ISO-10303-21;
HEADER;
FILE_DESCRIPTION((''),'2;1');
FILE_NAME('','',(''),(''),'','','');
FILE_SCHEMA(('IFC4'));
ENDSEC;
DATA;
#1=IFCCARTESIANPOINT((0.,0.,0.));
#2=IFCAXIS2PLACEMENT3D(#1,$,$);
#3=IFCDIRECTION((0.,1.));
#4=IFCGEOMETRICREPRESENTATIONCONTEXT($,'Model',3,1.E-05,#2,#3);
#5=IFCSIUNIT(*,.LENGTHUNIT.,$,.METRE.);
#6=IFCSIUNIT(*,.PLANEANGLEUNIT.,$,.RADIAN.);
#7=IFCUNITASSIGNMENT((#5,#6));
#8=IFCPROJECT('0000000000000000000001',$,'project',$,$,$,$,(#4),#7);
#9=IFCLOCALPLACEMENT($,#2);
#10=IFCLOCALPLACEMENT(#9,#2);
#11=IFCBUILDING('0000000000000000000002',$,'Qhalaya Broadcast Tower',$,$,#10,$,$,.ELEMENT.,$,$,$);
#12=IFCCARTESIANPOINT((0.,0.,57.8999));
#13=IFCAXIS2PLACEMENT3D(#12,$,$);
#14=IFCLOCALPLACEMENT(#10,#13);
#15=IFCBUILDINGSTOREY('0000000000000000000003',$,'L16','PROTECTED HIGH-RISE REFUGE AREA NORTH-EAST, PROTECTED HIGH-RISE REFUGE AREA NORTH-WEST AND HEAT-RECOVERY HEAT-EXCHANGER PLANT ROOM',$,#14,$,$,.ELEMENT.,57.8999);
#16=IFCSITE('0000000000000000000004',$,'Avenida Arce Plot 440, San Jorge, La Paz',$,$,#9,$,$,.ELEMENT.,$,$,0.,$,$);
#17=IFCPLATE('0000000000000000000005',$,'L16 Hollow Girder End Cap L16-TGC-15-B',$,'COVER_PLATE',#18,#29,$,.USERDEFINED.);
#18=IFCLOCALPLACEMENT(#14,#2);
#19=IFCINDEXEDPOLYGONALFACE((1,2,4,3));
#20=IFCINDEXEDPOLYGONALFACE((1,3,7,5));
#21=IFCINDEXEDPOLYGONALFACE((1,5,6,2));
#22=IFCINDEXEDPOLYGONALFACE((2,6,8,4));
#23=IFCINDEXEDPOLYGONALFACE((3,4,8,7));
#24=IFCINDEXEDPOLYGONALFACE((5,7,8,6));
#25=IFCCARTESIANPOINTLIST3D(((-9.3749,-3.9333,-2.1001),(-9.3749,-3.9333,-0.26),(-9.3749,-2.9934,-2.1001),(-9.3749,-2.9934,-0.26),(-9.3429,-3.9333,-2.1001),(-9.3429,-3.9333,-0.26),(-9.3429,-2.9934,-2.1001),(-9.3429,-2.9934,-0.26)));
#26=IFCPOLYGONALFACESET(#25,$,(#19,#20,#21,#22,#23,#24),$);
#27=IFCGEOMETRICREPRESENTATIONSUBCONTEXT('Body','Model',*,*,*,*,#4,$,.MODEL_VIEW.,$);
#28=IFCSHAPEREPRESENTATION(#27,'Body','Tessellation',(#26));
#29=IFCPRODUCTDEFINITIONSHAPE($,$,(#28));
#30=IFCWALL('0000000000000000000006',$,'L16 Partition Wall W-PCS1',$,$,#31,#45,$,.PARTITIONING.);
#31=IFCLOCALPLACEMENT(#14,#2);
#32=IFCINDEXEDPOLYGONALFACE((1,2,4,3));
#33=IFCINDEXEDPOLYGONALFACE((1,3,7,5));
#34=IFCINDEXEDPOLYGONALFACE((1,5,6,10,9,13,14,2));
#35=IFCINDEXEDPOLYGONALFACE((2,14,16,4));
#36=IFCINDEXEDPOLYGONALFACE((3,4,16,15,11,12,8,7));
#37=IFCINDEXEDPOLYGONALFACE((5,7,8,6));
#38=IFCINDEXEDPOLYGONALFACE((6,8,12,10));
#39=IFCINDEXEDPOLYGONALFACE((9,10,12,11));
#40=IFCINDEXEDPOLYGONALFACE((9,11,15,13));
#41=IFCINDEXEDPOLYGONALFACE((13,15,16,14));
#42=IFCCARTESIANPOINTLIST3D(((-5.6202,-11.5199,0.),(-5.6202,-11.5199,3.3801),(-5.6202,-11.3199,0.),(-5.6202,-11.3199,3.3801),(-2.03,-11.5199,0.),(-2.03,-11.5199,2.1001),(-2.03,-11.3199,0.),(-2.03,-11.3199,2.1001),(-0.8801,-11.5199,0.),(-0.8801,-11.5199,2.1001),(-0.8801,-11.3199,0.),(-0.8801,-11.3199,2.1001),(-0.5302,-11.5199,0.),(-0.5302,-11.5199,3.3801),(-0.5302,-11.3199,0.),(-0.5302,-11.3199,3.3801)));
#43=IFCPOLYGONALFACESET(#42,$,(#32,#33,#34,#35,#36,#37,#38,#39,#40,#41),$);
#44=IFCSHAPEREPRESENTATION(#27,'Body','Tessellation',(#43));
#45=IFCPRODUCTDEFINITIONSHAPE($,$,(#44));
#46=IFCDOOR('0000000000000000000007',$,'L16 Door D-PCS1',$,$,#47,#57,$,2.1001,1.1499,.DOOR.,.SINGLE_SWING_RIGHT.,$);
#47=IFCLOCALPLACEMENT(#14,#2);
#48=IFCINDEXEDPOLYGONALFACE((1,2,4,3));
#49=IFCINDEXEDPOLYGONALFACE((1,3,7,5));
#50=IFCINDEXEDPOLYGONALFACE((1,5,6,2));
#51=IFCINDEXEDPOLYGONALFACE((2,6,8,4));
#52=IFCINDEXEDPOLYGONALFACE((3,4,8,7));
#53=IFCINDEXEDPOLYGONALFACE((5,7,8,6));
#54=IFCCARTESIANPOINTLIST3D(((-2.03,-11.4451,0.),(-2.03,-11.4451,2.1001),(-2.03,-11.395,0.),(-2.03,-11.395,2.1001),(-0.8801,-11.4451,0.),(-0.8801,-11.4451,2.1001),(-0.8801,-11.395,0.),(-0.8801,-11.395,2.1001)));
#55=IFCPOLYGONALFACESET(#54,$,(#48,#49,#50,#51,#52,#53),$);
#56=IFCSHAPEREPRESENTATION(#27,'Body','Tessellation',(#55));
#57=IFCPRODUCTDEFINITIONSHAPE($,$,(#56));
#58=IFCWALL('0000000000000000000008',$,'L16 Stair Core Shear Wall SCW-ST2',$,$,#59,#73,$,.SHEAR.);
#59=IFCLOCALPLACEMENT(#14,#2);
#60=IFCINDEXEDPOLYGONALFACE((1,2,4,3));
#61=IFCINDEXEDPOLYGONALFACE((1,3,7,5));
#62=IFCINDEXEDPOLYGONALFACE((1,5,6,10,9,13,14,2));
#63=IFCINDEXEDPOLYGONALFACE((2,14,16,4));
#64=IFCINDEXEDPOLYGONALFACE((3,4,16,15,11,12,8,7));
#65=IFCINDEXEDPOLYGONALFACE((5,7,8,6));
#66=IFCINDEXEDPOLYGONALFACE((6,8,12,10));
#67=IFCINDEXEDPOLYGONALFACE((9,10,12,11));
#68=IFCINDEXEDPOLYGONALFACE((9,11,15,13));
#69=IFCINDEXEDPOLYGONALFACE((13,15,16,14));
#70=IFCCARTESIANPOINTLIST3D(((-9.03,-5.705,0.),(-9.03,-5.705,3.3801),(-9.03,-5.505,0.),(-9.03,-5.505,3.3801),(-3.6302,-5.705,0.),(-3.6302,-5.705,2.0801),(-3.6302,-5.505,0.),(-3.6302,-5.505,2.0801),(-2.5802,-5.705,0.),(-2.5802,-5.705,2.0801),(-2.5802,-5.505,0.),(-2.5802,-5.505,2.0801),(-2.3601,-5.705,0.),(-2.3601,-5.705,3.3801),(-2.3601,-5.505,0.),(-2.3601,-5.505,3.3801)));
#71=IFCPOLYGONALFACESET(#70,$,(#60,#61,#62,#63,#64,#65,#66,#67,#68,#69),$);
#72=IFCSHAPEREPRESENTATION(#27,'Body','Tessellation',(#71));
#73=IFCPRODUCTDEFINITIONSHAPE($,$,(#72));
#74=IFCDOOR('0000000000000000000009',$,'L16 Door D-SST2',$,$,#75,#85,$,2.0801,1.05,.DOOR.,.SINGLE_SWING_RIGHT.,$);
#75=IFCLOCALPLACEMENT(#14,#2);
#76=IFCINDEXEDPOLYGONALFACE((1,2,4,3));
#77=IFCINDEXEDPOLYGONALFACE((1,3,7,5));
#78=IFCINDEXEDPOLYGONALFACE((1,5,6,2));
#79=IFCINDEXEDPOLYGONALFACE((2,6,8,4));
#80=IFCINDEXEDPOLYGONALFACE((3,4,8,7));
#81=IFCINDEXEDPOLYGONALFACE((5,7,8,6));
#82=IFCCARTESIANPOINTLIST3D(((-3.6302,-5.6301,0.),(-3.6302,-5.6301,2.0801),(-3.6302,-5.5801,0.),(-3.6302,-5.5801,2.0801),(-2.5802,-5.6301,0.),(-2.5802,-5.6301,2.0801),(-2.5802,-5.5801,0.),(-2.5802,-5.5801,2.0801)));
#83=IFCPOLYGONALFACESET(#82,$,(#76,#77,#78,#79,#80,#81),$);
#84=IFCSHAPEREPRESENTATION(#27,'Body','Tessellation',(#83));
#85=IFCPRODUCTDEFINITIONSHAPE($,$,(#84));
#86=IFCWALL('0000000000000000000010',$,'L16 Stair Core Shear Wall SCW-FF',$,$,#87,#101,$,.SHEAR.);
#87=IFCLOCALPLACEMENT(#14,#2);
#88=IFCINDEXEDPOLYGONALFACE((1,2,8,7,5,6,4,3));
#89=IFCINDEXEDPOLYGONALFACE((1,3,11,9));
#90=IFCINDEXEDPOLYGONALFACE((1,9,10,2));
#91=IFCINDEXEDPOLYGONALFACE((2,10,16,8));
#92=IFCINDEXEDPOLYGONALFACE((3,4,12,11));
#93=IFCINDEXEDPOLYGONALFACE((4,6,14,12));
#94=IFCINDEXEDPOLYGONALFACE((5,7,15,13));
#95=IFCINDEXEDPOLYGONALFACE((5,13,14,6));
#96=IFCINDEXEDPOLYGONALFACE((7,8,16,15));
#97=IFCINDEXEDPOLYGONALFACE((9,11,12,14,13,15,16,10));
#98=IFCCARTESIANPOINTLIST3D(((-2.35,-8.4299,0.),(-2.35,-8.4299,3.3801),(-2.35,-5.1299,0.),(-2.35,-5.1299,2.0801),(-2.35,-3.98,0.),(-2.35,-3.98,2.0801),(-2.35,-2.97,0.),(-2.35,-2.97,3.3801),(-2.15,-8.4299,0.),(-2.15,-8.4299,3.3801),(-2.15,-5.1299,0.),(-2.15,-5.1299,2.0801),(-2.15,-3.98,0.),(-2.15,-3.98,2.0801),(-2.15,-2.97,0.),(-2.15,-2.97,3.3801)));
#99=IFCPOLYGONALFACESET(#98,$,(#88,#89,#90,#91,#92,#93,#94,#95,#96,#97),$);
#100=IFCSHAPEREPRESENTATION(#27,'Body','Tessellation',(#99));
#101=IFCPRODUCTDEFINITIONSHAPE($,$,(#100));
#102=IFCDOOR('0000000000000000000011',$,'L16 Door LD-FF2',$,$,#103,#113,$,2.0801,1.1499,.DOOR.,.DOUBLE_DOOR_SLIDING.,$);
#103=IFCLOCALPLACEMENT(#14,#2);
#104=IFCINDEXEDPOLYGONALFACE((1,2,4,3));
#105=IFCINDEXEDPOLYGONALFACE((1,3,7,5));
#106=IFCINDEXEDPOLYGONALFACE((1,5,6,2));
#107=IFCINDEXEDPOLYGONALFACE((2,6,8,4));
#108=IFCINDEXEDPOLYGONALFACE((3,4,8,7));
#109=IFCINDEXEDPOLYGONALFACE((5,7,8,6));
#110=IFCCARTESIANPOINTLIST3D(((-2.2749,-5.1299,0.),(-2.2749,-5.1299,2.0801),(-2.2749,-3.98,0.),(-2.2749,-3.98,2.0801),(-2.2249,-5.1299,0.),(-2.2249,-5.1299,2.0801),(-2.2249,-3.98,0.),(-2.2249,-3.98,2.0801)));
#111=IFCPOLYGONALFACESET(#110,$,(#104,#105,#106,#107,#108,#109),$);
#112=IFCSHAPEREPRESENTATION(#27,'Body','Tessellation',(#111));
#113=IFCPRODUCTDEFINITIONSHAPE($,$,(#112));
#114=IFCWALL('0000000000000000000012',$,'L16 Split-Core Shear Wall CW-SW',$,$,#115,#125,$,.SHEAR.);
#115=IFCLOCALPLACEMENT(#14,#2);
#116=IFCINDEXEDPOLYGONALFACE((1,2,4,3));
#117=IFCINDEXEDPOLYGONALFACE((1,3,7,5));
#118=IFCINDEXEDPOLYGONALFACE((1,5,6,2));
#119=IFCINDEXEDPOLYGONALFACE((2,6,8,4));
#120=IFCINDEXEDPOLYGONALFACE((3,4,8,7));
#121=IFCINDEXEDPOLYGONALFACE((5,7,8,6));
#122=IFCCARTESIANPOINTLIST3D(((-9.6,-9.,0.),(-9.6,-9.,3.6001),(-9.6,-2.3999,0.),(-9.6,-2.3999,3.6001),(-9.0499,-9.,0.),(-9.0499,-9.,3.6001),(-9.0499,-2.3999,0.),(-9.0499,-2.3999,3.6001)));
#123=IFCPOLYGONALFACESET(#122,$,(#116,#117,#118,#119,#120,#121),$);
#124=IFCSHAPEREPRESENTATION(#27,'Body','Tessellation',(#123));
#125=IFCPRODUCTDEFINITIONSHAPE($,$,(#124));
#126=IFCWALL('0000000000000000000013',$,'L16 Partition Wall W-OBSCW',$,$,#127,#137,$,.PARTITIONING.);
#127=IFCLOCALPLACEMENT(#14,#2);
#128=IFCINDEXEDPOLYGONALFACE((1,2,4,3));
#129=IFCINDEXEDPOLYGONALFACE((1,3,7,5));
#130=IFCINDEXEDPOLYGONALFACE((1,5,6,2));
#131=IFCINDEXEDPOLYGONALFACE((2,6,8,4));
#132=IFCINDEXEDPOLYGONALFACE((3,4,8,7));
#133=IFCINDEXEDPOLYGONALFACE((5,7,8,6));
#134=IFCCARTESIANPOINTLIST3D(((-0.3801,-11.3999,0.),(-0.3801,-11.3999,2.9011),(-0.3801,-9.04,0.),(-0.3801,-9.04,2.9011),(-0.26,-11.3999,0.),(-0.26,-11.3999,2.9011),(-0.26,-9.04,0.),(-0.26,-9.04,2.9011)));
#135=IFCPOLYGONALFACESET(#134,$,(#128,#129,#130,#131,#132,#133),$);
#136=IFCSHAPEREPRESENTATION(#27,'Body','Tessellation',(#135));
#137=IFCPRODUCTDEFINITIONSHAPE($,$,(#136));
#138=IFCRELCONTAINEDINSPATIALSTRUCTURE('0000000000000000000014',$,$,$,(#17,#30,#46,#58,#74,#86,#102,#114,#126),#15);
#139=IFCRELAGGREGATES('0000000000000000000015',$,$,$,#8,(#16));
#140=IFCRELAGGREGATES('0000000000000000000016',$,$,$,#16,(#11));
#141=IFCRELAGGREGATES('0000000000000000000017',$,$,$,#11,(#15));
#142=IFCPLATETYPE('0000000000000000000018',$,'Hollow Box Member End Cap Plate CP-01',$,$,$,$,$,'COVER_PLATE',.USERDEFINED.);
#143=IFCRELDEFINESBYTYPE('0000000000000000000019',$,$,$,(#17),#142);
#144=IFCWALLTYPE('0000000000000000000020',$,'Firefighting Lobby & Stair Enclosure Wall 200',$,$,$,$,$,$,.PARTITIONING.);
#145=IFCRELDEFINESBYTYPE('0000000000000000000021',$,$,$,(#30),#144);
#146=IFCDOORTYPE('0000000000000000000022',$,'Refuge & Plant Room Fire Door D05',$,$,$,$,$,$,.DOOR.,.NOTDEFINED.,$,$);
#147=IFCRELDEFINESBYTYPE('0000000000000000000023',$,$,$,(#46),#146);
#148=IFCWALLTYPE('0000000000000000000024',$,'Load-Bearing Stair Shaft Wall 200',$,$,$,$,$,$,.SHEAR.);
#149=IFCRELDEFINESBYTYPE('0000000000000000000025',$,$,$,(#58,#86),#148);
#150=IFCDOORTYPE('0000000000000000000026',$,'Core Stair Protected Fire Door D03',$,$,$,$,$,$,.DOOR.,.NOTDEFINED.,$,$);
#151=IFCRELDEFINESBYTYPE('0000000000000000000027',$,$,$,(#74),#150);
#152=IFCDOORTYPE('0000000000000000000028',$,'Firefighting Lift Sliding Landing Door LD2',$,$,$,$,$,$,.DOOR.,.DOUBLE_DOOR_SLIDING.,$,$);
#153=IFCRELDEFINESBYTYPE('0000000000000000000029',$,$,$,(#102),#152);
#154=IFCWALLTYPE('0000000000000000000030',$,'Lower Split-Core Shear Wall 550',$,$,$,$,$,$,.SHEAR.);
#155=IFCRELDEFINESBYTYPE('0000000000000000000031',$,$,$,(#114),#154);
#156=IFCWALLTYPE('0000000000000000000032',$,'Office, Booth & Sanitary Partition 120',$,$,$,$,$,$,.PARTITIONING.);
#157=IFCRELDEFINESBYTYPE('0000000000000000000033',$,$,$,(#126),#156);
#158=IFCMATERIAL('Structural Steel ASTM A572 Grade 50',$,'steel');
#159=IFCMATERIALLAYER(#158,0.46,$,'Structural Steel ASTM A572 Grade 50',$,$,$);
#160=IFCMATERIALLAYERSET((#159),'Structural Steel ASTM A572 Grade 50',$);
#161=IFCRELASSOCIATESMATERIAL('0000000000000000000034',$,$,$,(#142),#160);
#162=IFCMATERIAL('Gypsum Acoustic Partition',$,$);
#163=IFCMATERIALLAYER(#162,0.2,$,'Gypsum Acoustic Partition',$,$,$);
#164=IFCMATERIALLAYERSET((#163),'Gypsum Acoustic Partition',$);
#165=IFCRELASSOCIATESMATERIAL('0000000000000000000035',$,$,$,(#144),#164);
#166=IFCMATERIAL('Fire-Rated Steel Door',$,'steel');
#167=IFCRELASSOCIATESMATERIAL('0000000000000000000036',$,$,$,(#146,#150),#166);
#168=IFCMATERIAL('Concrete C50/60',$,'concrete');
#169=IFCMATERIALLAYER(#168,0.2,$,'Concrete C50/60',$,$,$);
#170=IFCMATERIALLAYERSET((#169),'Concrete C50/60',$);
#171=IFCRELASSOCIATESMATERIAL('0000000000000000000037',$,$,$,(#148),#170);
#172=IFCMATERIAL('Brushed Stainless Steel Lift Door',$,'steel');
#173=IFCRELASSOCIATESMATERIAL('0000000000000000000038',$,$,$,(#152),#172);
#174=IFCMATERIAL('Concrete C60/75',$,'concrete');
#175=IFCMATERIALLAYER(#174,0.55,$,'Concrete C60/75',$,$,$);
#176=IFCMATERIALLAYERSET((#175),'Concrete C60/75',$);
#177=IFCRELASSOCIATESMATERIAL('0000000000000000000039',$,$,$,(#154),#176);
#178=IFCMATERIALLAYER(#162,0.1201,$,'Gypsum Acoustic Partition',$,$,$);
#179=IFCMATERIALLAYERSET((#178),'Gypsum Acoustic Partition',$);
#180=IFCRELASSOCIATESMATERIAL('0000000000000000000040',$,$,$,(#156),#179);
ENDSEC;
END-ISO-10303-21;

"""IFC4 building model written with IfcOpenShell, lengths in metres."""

from ifc_helpers import new_model, si_unit, direction, frame, frame_2d, origin, origin_2d, place, context, subcontext, project, spatial, rectangle, extrude, material, layer, layer_set, type_object, element, fill, save


model = new_model("IFC4")

# Units and contexts
model_context = context("Model", 3, precision=1e-05, world=origin(), true_north=direction((0.0, 1.0)))
body_context = subcontext(model_context, "Body", "Model", "MODEL_VIEW")
ifc_project = project(units=[si_unit("LENGTHUNIT", "METRE"), si_unit("PLANEANGLEUNIT", "RADIAN")], contexts=[model_context])

# Site, building, storey
site_placement = place(None, origin())
site = spatial("IfcSite", under=ifc_project, at=site_placement, Name="Avenida Arce Plot 440, San Jorge, La Paz", CompositionType="ELEMENT", RefElevation=0.0)
building_placement = place(site_placement, origin())
building = spatial("IfcBuilding", under=site, at=building_placement, Name="Qhalaya Broadcast Tower", CompositionType="ELEMENT")
storey_placement = place(building_placement, frame((0.0, 0.0, 57.8999)))
storey = spatial("IfcBuildingStorey", under=building, at=storey_placement, Name="L16", Description="PROTECTED HIGH-RISE REFUGE AREA NORTH-EAST, PROTECTED HIGH-RISE REFUGE AREA NORTH-WEST AND HEAT-RECOVERY HEAT-EXCHANGER PLANT ROOM", CompositionType="ELEMENT", Elevation=57.8999)

# Shared definitions
ifc_material_1 = material(Name="Concrete C50/60", Category="concrete")

# Plate
ifc_material_2 = material(Name="Structural Steel ASTM A572 Grade 50", Category="steel")
ifc_layer_1 = layer(ifc_material_2, 0.46, Name="Structural Steel ASTM A572 Grade 50")
ifc_layer_set_1 = layer_set([ifc_layer_1], Name="Structural Steel ASTM A572 Grade 50")
plate_type = type_object("IfcPlateType", Name="Hollow Box Member End Cap Plate CP-01", ElementType="COVER_PLATE", PredefinedType="USERDEFINED", material=ifc_layer_set_1)
for number, where, z_axis, x_axis, name in (
    (1, (-9.3589, -3.4634, -2.1001), (0.0, 0.0, 1.0), (0.0, 1.0, 0.0), "L16 Hollow Girder End Cap L16-TGC-15-B"),
):
    element("IfcPlate", number, at=place(storey_placement, frame(where, z_axis=z_axis, x_axis=x_axis)), inside=storey, type_object=plate_type, Name=name, ObjectType="COVER_PLATE", PredefinedType="USERDEFINED", context=body_context, shape_type="SweptSolid", body=[
        extrude(rectangle(XDim=0.9399, YDim=0.032, at=origin_2d()), origin(), (0.0, 0.0, 1.0), 1.8401),
    ])

# Walls, openings, doors
ifc_material_3 = material(Name="Gypsum Acoustic Partition")
ifc_layer_2 = layer(ifc_material_3, 0.2, Name="Gypsum Acoustic Partition")
ifc_layer_set_2 = layer_set([ifc_layer_2], Name="Gypsum Acoustic Partition")
wall_type_1 = type_object("IfcWallType", Name="Firefighting Lobby & Stair Enclosure Wall 200", PredefinedType="PARTITIONING", material=ifc_layer_set_2)
wall_1_placement = place(storey_placement, frame((-5.6201, -11.4199, 0.0), z_axis=(0.0, 0.0, 1.0), x_axis=(1.0, 0.0, 0.0)))
wall_1 = element("IfcWall", 2, at=wall_1_placement, inside=storey, type_object=wall_type_1, Name="L16 Partition Wall W-PCS1", PredefinedType="PARTITIONING", context=body_context, shape_type="SweptSolid", body=[
    extrude(rectangle(XDim=5.0901, YDim=0.2, at=frame_2d((2.5449, 0.0))), origin(), (0.0, 0.0, 1.0), 3.3801),
])
opening_1_placement = place(wall_1_placement, frame((3.5901, 0.0, 0.0)))
opening_1 = element("IfcOpeningElement", 3, at=opening_1_placement, cuts=wall_1, PredefinedType="OPENING", context=body_context, shape_type="SweptSolid", body=[
    extrude(rectangle(XDim=1.1499, YDim=2.1001, at=frame_2d((0.575, 1.05))), frame((0.0, 0.1121, 0.0), z_axis=(0.0, -1.0, 0.0), x_axis=(1.0, 0.0, 0.0)), (0.0, 0.0, 1.0), 0.2239),
])
ifc_material_4 = material(Name="Fire-Rated Steel Door", Category="steel")
door_type_1 = type_object("IfcDoorType", Name="Refuge & Plant Room Fire Door D05", OperationType="NOTDEFINED", PredefinedType="DOOR", material=ifc_material_4)
door_1_placement = place(opening_1_placement, origin())
door_1 = element("IfcDoor", 4, at=door_1_placement, inside=storey, type_object=door_type_1, Name="L16 Door D-PCS1", OperationType="SINGLE_SWING_RIGHT", OverallHeight=2.1001, OverallWidth=1.1499, PredefinedType="DOOR", context=body_context, shape_type="SweptSolid", body=[
    extrude(rectangle(XDim=1.1499, YDim=2.1001, at=frame_2d((0.575, 1.05))), frame((0.0, 0.0249, 0.0), z_axis=(0.0, -1.0, 0.0), x_axis=(1.0, 0.0, 0.0)), (0.0, 0.0, 1.0), 0.05),
])
fill(opening_1, door_1)
ifc_layer_3 = layer(ifc_material_1, 0.2, Name="Concrete C50/60")
ifc_layer_set_3 = layer_set([ifc_layer_3], Name="Concrete C50/60")
wall_type_2 = type_object("IfcWallType", Name="Load-Bearing Stair Shaft Wall 200", PredefinedType="SHEAR", material=ifc_layer_set_3)
wall_2_placement = place(storey_placement, frame((-9.03, -5.605, 0.0), z_axis=(0.0, 0.0, 1.0), x_axis=(1.0, 0.0, 0.0)))
wall_2 = element("IfcWall", 5, at=wall_2_placement, inside=storey, type_object=wall_type_2, Name="L16 Stair Core Shear Wall SCW-ST2", PredefinedType="SHEAR", context=body_context, shape_type="SweptSolid", body=[
    extrude(rectangle(XDim=6.6699, YDim=0.2, at=frame_2d((3.335, 0.0))), origin(), (0.0, 0.0, 1.0), 3.3801),
])
opening_2_placement = place(wall_2_placement, frame((5.3999, 0.0, 0.0)))
opening_2 = element("IfcOpeningElement", 6, at=opening_2_placement, cuts=wall_2, PredefinedType="OPENING", context=body_context, shape_type="SweptSolid", body=[
    extrude(rectangle(XDim=1.05, YDim=2.0801, at=frame_2d((0.5249, 1.04))), frame((0.0, 0.1121, 0.0), z_axis=(0.0, -1.0, 0.0), x_axis=(1.0, 0.0, 0.0)), (0.0, 0.0, 1.0), 0.2239),
])
door_type_2 = type_object("IfcDoorType", Name="Core Stair Protected Fire Door D03", OperationType="NOTDEFINED", PredefinedType="DOOR", material=ifc_material_4)
door_2_placement = place(opening_2_placement, origin())
door_2 = element("IfcDoor", 7, at=door_2_placement, inside=storey, type_object=door_type_2, Name="L16 Door D-SST2", OperationType="SINGLE_SWING_RIGHT", OverallHeight=2.0801, OverallWidth=1.05, PredefinedType="DOOR", context=body_context, shape_type="SweptSolid", body=[
    extrude(rectangle(XDim=1.05, YDim=2.0801, at=frame_2d((0.5249, 1.04))), frame((0.0, 0.0249, 0.0), z_axis=(0.0, -1.0, 0.0), x_axis=(1.0, 0.0, 0.0)), (0.0, 0.0, 1.0), 0.05),
])
fill(opening_2, door_2)
wall_3_placement = place(storey_placement, frame((-2.25, -8.4299, 0.0), z_axis=(0.0, 0.0, 1.0), x_axis=(0.0, 1.0, 0.0)))
wall_3 = element("IfcWall", 8, at=wall_3_placement, inside=storey, type_object=wall_type_2, Name="L16 Stair Core Shear Wall SCW-FF", PredefinedType="SHEAR", context=body_context, shape_type="SweptSolid", body=[
    extrude(rectangle(XDim=5.46, YDim=0.2, at=frame_2d((2.73, 0.0))), origin(), (0.0, 0.0, 1.0), 3.3801),
])
opening_3_placement = place(wall_3_placement, frame((3.3, 0.0, 0.0)))
opening_3 = element("IfcOpeningElement", 9, at=opening_3_placement, cuts=wall_3, PredefinedType="OPENING", context=body_context, shape_type="SweptSolid", body=[
    extrude(rectangle(XDim=1.1499, YDim=2.0801, at=frame_2d((0.575, 1.04))), frame((0.0, 0.1121, 0.0), z_axis=(0.0, -1.0, 0.0), x_axis=(1.0, 0.0, 0.0)), (0.0, 0.0, 1.0), 0.2239),
])
ifc_material_5 = material(Name="Brushed Stainless Steel Lift Door", Category="steel")
door_type_3 = type_object("IfcDoorType", Name="Firefighting Lift Sliding Landing Door LD2", OperationType="DOUBLE_DOOR_SLIDING", PredefinedType="DOOR", material=ifc_material_5)
door_3_placement = place(opening_3_placement, origin())
door_3 = element("IfcDoor", 10, at=door_3_placement, inside=storey, type_object=door_type_3, Name="L16 Door LD-FF2", OperationType="DOUBLE_DOOR_SLIDING", OverallHeight=2.0801, OverallWidth=1.1499, PredefinedType="DOOR", context=body_context, shape_type="SweptSolid", body=[
    extrude(rectangle(XDim=1.1499, YDim=2.0801, at=frame_2d((0.575, 1.04))), frame((0.0, 0.0249, 0.0), z_axis=(0.0, -1.0, 0.0), x_axis=(1.0, 0.0, 0.0)), (0.0, 0.0, 1.0), 0.05),
])
fill(opening_3, door_3)

# Walls
ifc_material_6 = material(Name="Concrete C60/75", Category="concrete")
ifc_layer_4 = layer(ifc_material_6, 0.55, Name="Concrete C60/75")
ifc_layer_set_4 = layer_set([ifc_layer_4], Name="Concrete C60/75")
wall_type_3 = type_object("IfcWallType", Name="Lower Split-Core Shear Wall 550", PredefinedType="SHEAR", material=ifc_layer_set_4)
wall_4_placement = place(storey_placement, frame((-9.325, -9.0, 0.0), z_axis=(0.0, 0.0, 1.0), x_axis=(0.0, 1.0, 0.0)))
element("IfcWall", 11, at=wall_4_placement, inside=storey, type_object=wall_type_3, Name="L16 Split-Core Shear Wall CW-SW", PredefinedType="SHEAR", context=body_context, shape_type="SweptSolid", body=[
    extrude(rectangle(XDim=6.6001, YDim=0.55, at=frame_2d((3.3, 0.0))), origin(), (0.0, 0.0, 1.0), 3.6001),
])
ifc_layer_5 = layer(ifc_material_3, 0.1201, Name="Gypsum Acoustic Partition")
ifc_layer_set_5 = layer_set([ifc_layer_5], Name="Gypsum Acoustic Partition")
wall_type_4 = type_object("IfcWallType", Name="Office, Booth & Sanitary Partition 120", PredefinedType="PARTITIONING", material=ifc_layer_set_5)
wall_5_placement = place(storey_placement, frame((-0.3201, -11.3999, 0.0), z_axis=(0.0, 0.0, 1.0), x_axis=(0.0, 1.0, 0.0)))
element("IfcWall", 12, at=wall_5_placement, inside=storey, type_object=wall_type_4, Name="L16 Partition Wall W-OBSCW", PredefinedType="PARTITIONING", context=body_context, shape_type="SweptSolid", body=[
    extrude(rectangle(XDim=2.3599, YDim=0.1201, at=frame_2d((1.1799, 0.0))), origin(), (0.0, 0.0, 1.0), 2.9011),
])

save(model, "model.ifc")
